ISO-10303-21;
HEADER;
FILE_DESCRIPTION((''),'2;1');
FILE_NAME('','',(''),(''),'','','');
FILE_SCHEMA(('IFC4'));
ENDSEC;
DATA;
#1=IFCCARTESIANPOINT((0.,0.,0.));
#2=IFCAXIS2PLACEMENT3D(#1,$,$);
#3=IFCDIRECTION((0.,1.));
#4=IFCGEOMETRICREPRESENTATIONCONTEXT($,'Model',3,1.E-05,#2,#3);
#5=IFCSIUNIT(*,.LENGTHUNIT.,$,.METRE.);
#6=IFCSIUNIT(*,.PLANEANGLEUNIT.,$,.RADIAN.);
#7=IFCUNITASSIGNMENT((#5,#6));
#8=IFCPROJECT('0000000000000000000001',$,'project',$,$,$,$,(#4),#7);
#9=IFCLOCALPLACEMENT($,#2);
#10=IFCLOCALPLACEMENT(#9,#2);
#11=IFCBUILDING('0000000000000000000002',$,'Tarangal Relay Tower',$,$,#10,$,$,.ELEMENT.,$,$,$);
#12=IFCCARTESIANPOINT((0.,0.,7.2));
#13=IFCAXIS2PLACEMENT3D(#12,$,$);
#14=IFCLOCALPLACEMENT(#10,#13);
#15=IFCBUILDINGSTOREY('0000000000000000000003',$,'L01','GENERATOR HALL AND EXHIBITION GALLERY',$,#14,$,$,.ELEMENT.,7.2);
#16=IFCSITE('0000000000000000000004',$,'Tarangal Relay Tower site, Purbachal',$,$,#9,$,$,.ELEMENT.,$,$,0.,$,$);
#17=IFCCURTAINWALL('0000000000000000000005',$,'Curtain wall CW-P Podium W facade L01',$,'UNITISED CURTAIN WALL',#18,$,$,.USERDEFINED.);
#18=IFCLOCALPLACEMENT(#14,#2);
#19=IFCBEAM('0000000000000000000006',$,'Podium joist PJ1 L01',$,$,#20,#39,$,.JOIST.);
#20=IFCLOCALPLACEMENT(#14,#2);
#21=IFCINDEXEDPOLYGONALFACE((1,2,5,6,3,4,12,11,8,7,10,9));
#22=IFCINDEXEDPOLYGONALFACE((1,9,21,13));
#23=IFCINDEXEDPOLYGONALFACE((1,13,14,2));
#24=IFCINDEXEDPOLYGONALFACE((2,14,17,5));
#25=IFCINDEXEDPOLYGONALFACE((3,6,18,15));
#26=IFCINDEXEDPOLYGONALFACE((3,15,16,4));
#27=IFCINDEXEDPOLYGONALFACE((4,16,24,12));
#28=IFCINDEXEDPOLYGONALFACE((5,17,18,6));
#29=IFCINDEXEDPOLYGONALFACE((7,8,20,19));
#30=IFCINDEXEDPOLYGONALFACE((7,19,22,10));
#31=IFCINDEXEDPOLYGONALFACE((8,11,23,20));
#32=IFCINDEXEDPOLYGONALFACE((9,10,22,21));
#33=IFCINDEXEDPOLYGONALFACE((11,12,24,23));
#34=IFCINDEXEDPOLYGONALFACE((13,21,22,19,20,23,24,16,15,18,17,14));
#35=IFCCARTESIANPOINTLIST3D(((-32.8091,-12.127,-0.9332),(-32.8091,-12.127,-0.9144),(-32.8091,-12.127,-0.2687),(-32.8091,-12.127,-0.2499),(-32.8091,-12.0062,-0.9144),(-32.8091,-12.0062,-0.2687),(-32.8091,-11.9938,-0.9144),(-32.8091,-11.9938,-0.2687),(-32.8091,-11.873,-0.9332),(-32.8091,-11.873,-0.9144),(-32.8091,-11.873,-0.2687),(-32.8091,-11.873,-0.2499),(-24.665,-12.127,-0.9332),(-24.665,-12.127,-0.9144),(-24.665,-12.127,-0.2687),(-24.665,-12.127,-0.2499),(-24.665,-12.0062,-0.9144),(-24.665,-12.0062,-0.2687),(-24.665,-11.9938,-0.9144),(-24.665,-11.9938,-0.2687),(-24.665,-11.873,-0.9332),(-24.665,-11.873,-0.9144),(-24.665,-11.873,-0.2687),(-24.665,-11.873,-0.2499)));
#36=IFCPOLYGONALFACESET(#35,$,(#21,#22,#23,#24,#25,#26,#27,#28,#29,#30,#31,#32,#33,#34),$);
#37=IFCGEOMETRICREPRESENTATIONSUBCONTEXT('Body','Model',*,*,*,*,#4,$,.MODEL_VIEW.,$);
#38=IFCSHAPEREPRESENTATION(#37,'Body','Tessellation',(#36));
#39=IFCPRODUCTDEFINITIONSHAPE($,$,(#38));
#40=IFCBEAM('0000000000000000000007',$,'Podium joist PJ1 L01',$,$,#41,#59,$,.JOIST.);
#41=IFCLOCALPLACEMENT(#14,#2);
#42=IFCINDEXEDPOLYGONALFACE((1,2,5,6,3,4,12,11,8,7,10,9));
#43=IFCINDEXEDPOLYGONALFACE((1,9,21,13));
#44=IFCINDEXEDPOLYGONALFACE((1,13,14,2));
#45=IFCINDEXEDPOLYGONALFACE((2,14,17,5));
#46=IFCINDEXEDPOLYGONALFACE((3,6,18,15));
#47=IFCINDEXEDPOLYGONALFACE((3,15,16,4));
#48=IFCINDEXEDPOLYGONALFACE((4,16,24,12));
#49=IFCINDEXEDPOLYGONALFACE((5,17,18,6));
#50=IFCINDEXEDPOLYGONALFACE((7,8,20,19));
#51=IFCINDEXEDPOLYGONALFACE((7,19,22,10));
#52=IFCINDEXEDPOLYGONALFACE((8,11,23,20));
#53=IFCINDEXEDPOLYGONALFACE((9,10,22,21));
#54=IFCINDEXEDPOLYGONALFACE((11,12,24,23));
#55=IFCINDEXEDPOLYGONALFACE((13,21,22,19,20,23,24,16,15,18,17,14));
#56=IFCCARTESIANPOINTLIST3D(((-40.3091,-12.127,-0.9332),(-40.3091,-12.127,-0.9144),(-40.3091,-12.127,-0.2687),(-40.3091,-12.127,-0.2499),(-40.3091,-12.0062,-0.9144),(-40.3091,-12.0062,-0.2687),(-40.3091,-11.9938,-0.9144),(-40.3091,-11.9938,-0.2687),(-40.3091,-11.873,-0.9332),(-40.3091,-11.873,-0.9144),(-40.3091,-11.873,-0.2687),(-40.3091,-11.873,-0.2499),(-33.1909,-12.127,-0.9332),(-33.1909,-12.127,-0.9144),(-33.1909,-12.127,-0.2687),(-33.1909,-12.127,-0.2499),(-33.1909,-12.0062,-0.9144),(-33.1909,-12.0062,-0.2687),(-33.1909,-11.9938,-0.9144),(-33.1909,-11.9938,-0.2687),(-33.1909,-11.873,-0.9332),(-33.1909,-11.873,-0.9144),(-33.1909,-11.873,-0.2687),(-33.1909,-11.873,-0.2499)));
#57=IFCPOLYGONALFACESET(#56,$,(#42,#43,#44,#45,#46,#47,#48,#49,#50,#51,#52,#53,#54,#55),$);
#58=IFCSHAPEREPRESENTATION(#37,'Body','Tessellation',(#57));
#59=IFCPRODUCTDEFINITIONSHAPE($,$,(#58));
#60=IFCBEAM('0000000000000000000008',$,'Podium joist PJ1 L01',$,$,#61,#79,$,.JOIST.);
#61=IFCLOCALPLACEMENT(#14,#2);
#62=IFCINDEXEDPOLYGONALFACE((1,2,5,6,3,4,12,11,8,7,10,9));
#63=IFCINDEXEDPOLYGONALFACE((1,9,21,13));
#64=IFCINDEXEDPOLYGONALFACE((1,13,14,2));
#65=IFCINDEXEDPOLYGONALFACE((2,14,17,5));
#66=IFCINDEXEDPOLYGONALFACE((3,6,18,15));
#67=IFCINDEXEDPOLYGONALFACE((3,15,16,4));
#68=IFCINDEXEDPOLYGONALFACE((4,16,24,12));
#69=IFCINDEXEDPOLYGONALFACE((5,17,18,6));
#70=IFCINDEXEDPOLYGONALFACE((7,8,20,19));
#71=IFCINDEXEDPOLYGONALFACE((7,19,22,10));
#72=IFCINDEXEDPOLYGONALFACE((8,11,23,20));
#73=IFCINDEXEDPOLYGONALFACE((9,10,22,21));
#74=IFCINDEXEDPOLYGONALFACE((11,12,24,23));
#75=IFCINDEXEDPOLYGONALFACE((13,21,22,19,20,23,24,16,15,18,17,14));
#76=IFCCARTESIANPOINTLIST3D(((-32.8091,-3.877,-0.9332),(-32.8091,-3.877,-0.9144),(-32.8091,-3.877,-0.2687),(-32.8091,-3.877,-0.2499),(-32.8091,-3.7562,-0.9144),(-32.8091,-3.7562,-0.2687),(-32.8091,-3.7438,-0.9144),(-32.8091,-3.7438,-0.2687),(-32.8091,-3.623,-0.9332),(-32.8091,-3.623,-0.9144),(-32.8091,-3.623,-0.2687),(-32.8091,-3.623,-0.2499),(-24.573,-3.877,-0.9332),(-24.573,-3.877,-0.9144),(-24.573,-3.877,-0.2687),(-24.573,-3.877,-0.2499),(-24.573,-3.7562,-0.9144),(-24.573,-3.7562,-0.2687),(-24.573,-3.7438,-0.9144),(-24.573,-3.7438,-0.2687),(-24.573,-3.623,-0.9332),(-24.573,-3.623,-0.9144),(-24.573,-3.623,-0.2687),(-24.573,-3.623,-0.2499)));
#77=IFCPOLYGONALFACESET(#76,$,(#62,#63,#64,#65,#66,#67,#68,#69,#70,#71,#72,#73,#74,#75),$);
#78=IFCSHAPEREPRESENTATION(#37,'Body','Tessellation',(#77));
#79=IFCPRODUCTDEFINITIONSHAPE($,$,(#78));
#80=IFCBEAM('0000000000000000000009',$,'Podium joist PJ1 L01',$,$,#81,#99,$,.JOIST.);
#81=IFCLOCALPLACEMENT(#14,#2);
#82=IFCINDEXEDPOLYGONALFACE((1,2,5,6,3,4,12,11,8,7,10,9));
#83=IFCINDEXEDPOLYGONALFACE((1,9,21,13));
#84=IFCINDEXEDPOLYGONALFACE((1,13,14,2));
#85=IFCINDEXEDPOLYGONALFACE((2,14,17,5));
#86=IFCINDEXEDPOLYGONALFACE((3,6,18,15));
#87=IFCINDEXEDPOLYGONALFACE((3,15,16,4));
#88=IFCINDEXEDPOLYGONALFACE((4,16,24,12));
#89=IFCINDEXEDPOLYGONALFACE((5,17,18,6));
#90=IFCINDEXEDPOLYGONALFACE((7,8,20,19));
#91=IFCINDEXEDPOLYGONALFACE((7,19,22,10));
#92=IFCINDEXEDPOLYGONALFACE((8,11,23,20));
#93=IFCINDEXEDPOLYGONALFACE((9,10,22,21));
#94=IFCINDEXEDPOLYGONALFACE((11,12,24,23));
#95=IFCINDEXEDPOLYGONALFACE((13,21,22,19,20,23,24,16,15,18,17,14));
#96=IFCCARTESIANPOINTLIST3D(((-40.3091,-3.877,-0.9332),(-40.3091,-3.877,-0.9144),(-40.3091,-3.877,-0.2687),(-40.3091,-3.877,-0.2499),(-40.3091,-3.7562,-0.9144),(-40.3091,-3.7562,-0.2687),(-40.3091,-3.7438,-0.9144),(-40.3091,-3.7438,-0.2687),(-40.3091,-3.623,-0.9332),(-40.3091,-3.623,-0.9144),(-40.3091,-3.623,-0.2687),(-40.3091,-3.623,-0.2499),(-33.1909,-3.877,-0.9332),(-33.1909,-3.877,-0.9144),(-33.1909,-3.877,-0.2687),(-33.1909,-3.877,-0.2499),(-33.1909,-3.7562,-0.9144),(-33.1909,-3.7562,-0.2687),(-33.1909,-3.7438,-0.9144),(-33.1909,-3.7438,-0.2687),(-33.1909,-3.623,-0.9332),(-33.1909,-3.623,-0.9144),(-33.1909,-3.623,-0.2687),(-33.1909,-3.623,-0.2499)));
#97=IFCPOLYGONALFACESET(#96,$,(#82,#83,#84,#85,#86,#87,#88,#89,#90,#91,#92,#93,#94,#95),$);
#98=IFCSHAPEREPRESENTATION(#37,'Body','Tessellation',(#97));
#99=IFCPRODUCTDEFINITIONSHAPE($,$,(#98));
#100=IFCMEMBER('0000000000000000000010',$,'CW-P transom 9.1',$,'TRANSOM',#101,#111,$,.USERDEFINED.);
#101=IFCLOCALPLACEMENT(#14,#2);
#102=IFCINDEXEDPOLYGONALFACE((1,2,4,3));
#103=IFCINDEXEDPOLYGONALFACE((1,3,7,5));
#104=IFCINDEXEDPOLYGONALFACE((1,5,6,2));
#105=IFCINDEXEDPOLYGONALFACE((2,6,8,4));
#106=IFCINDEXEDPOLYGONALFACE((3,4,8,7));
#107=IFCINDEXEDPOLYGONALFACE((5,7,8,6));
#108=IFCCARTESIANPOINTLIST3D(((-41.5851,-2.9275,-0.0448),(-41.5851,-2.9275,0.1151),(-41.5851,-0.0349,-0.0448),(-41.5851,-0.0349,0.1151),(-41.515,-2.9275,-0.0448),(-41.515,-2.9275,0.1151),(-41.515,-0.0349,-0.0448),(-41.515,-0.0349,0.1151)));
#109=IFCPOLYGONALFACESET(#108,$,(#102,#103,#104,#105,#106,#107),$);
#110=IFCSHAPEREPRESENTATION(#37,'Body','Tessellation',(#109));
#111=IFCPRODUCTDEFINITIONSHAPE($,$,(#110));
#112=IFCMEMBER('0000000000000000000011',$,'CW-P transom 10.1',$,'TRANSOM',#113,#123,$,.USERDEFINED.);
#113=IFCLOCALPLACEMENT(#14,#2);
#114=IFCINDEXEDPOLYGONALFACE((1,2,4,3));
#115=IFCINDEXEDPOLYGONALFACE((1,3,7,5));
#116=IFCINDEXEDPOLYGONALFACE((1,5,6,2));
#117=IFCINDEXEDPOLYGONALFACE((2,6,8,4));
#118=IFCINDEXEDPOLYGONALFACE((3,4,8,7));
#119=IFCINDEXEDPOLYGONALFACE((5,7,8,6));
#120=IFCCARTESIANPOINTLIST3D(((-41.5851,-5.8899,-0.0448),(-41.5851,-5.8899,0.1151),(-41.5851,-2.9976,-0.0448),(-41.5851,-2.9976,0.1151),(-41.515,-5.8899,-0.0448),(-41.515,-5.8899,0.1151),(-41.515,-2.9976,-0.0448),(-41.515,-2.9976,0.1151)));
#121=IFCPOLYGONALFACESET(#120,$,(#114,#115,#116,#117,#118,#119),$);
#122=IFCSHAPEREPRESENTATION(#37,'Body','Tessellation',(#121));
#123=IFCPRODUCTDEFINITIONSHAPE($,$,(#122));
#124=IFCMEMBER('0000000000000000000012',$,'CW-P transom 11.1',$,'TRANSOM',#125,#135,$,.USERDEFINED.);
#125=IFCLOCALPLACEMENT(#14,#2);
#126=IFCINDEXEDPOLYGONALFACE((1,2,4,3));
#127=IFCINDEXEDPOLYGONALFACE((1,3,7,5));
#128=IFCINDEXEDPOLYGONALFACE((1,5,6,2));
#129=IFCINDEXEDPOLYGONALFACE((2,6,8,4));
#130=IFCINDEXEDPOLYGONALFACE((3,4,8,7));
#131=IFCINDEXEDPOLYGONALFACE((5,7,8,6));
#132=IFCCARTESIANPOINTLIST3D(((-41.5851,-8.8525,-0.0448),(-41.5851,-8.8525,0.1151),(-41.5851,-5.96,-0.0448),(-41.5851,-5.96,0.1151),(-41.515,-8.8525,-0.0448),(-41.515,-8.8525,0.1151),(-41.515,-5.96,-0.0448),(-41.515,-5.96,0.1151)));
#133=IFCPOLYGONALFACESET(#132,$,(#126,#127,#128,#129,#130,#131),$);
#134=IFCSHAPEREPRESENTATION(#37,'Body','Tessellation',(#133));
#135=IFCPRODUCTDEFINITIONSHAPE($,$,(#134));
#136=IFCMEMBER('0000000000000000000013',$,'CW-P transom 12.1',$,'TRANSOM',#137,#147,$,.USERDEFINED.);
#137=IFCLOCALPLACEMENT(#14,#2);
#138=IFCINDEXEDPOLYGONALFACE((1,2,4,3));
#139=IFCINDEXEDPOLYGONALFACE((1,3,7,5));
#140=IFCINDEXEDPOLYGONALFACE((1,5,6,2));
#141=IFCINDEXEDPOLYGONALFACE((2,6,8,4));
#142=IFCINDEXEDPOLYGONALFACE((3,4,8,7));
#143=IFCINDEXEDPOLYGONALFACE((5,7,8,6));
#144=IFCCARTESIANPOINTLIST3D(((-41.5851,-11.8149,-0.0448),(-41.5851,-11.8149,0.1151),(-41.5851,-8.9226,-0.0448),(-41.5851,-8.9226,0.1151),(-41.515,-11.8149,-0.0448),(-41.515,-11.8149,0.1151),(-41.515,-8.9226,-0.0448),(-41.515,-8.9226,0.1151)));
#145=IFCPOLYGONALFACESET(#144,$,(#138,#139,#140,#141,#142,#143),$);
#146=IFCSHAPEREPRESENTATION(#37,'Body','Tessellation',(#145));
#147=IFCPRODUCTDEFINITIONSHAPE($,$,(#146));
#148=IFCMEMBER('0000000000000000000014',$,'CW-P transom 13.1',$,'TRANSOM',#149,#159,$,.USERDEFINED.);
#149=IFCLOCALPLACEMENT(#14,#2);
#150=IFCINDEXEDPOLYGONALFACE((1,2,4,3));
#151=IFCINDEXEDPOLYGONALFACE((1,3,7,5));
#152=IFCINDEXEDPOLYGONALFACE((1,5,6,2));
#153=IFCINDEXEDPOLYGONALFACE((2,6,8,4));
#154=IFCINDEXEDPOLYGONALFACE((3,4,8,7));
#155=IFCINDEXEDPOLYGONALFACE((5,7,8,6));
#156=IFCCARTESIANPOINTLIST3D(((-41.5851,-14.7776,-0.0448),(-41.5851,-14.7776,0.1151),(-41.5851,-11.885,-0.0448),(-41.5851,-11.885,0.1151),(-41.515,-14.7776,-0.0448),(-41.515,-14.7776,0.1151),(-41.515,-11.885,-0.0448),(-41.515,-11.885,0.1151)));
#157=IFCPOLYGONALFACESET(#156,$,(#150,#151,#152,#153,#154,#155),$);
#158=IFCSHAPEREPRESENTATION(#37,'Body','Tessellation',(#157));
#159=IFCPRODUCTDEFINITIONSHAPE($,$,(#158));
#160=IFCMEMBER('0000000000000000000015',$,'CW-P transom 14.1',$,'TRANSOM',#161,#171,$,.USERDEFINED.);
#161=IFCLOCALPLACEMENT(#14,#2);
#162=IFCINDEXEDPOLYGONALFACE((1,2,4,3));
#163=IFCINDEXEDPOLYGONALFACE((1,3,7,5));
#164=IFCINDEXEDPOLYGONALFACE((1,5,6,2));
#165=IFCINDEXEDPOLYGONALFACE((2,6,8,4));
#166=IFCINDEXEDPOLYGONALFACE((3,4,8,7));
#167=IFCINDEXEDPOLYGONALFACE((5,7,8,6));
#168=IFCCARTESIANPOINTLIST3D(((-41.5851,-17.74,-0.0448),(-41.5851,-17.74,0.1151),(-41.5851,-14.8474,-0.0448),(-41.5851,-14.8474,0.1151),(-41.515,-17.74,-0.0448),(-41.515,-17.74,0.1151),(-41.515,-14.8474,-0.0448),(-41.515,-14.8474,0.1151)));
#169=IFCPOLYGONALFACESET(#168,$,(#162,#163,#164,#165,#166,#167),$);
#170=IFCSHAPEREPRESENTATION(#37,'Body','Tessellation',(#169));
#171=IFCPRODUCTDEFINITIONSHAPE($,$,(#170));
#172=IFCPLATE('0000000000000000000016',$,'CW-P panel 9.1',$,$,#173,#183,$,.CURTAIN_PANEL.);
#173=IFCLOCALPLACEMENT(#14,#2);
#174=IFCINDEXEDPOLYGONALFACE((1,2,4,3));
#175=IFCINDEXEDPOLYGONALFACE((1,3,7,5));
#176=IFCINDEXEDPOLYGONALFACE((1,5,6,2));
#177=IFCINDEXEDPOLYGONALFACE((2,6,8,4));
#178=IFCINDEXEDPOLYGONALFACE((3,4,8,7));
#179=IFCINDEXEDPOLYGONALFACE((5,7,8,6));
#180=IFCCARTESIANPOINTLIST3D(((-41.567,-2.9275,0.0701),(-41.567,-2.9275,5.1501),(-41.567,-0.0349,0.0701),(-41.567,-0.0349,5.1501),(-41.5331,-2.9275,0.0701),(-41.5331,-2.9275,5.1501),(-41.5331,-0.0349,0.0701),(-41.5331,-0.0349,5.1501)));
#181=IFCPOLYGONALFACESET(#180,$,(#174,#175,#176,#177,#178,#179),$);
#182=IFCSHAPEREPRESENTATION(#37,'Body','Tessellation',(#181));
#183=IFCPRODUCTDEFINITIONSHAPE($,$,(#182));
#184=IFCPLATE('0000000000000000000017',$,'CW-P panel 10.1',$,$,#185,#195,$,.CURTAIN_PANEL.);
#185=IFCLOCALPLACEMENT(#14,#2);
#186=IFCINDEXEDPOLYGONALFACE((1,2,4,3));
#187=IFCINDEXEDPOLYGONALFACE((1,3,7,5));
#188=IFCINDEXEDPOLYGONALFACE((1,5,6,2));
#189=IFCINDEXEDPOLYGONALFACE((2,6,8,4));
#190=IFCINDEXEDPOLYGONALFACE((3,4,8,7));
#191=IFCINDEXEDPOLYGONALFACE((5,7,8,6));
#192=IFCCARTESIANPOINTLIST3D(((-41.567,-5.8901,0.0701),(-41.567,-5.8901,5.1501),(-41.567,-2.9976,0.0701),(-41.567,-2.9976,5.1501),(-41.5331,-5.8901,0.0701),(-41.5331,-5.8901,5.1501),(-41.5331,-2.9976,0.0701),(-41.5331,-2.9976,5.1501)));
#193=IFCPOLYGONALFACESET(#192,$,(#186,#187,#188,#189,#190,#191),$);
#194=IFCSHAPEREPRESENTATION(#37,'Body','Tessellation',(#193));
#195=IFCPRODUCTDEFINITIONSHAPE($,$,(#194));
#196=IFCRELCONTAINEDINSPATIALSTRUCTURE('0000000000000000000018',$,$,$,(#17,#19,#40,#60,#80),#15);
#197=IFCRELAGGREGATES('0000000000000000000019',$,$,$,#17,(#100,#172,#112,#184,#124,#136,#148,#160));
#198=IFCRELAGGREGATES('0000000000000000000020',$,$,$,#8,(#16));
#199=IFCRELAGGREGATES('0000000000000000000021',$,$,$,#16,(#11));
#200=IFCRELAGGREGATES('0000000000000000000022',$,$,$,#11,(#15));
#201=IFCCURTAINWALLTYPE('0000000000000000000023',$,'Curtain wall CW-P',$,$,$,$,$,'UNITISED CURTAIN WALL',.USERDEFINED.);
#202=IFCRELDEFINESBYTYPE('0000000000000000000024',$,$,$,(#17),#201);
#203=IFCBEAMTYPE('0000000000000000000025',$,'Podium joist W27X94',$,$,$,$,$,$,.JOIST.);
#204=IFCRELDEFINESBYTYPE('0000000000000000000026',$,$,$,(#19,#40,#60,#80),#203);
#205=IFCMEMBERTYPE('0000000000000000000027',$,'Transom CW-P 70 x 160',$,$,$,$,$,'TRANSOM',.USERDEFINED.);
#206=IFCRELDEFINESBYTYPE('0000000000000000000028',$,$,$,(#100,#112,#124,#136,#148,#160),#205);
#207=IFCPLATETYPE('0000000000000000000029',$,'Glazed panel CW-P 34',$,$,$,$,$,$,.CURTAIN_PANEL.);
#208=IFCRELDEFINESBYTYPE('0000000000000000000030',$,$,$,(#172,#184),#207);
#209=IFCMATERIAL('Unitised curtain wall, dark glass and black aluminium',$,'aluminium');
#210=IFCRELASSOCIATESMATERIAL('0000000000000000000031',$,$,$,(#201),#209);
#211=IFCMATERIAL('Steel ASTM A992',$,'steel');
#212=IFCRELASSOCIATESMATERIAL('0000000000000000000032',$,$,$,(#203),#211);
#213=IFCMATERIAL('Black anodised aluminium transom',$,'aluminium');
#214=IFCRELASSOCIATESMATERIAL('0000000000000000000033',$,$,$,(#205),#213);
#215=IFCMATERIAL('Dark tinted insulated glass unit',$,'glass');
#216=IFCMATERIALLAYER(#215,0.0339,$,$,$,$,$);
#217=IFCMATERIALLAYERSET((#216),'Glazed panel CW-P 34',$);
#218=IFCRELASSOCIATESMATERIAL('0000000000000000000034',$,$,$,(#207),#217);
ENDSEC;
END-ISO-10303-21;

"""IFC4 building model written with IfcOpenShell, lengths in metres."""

from ifc_helpers import new_model, si_unit, direction, frame, origin, origin_2d, place, context, subcontext, project, spatial, rectangle, i_section, extrude, material, layer, layer_set, material_profile, profile_set, type_object, element, aggregate, save


model = new_model("IFC4")

# Units and contexts
model_context = context("Model", 3, precision=1e-05, world=origin(), true_north=direction((0.0, 1.0)))
body_context = subcontext(model_context, "Body", "Model", "MODEL_VIEW")
ifc_project = project(units=[si_unit("LENGTHUNIT", "METRE"), si_unit("PLANEANGLEUNIT", "RADIAN")], contexts=[model_context])

# Site, building, storey
site_placement = place(None, origin())
site = spatial("IfcSite", under=ifc_project, at=site_placement, Name="Tarangal Relay Tower site, Purbachal", CompositionType="ELEMENT", RefElevation=0.0)
building_placement = place(site_placement, origin())
building = spatial("IfcBuilding", under=site, at=building_placement, Name="Tarangal Relay Tower", CompositionType="ELEMENT")
storey_placement = place(building_placement, frame((0.0, 0.0, 7.2)))
storey = spatial("IfcBuildingStorey", under=building, at=storey_placement, Name="L01", Description="GENERATOR HALL AND EXHIBITION GALLERY", CompositionType="ELEMENT", Elevation=7.2)

# Shared definitions
ifc_material_1 = material(Name="Steel ASTM A992", Category="steel")

# Curtain wall
ifc_material_2 = material(Name="Unitised curtain wall, dark glass and black aluminium", Category="aluminium")
curtain_wall_type = type_object("IfcCurtainWallType", Name="Curtain wall CW-P", ElementType="UNITISED CURTAIN WALL", PredefinedType="USERDEFINED", material=ifc_material_2)
curtain_wall_placement = place(storey_placement, origin())
curtain_wall = element("IfcCurtainWall", 1, at=curtain_wall_placement, inside=storey, type_object=curtain_wall_type, Name="Curtain wall CW-P Podium W facade L01", ObjectType="UNITISED CURTAIN WALL", PredefinedType="USERDEFINED")

# Beams
ifc_material_profile_1 = material_profile(ifc_material_1, i_section(OverallWidth=0.2539, OverallDepth=0.6833, WebThickness=0.0125, FlangeThickness=0.0188, at=origin_2d()), Name="W27X94")
ifc_profile_set_1 = profile_set([ifc_material_profile_1], Name="Steel ASTM A992")
beam_type_1 = type_object("IfcBeamType", Name="Podium joist W27X94", PredefinedType="JOIST", material=ifc_profile_set_1)
beam_1_placement = place(storey_placement, frame((-24.665, -12.0, -0.5916), z_axis=(-1.0, 0.0, 0.0), x_axis=(0.0, -1.0, 0.0)))
element("IfcBeam", 2, at=beam_1_placement, inside=storey, type_object=beam_type_1, Name="Podium joist PJ1 L01", PredefinedType="JOIST", context=body_context, shape_type="SweptSolid", body=[
    extrude(i_section(OverallWidth=0.2539, OverallDepth=0.6833, WebThickness=0.0125, FlangeThickness=0.0188, at=origin_2d()), origin(), (0.0, 0.0, 1.0), 8.144),
])
beam_2_placement = place(storey_placement, frame((-33.1909, -12.0, -0.5916), z_axis=(-1.0, 0.0, 0.0), x_axis=(0.0, -1.0, 0.0)))
element("IfcBeam", 3, at=beam_2_placement, inside=storey, type_object=beam_type_1, Name="Podium joist PJ1 L01", PredefinedType="JOIST", context=body_context, shape_type="SweptSolid", body=[
    extrude(i_section(OverallWidth=0.2539, OverallDepth=0.6833, WebThickness=0.0125, FlangeThickness=0.0188, at=origin_2d()), origin(), (0.0, 0.0, 1.0), 7.1182),
])
beam_3_placement = place(storey_placement, frame((-24.573, -3.75, -0.5916), z_axis=(-1.0, 0.0, 0.0), x_axis=(0.0, -1.0, 0.0)))
element("IfcBeam", 4, at=beam_3_placement, inside=storey, type_object=beam_type_1, Name="Podium joist PJ1 L01", PredefinedType="JOIST", context=body_context, shape_type="SweptSolid", body=[
    extrude(i_section(OverallWidth=0.2539, OverallDepth=0.6833, WebThickness=0.0125, FlangeThickness=0.0188, at=origin_2d()), origin(), (0.0, 0.0, 1.0), 8.2361),
])
beam_4_placement = place(storey_placement, frame((-33.1909, -3.75, -0.5916), z_axis=(-1.0, 0.0, 0.0), x_axis=(0.0, -1.0, 0.0)))
element("IfcBeam", 5, at=beam_4_placement, inside=storey, type_object=beam_type_1, Name="Podium joist PJ1 L01", PredefinedType="JOIST", context=body_context, shape_type="SweptSolid", body=[
    extrude(i_section(OverallWidth=0.2539, OverallDepth=0.6833, WebThickness=0.0125, FlangeThickness=0.0188, at=origin_2d()), origin(), (0.0, 0.0, 1.0), 7.1182),
])

# Members
ifc_material_3 = material(Name="Black anodised aluminium transom", Category="aluminium")
ifc_material_profile_2 = material_profile(ifc_material_3, rectangle(XDim=0.0701, YDim=0.1599, at=origin_2d()), Name="CW-PT 70X160")
ifc_profile_set_2 = profile_set([ifc_material_profile_2], Name="Black anodised aluminium transom")
member_type_1 = type_object("IfcMemberType", Name="Transom CW-P 70 x 160", ElementType="TRANSOM", PredefinedType="USERDEFINED", material=ifc_profile_set_2)
member_1_placement = place(storey_placement, frame((-41.55, -0.0349, 0.0352), z_axis=(0.0, -1.0, 0.0), x_axis=(1.0, 0.0, 0.0)))
member_1 = element("IfcMember", 6, at=member_1_placement, type_object=member_type_1, Name="CW-P transom 9.1", ObjectType="TRANSOM", PredefinedType="USERDEFINED", context=body_context, shape_type="SweptSolid", body=[
    extrude(rectangle(XDim=0.0701, YDim=0.1599, at=origin_2d()), origin(), (0.0, 0.0, 1.0), 2.8926),
])
member_2_placement = place(storey_placement, frame((-41.55, -2.9976, 0.0352), z_axis=(0.0, -1.0, 0.0), x_axis=(1.0, 0.0, 0.0)))
member_2 = element("IfcMember", 7, at=member_2_placement, type_object=member_type_1, Name="CW-P transom 10.1", ObjectType="TRANSOM", PredefinedType="USERDEFINED", context=body_context, shape_type="SweptSolid", body=[
    extrude(rectangle(XDim=0.0701, YDim=0.1599, at=origin_2d()), origin(), (0.0, 0.0, 1.0), 2.8923),
])
member_3_placement = place(storey_placement, frame((-41.55, -5.96, 0.0352), z_axis=(0.0, -1.0, 0.0), x_axis=(1.0, 0.0, 0.0)))
member_3 = element("IfcMember", 8, at=member_3_placement, type_object=member_type_1, Name="CW-P transom 11.1", ObjectType="TRANSOM", PredefinedType="USERDEFINED", context=body_context, shape_type="SweptSolid", body=[
    extrude(rectangle(XDim=0.0701, YDim=0.1599, at=origin_2d()), origin(), (0.0, 0.0, 1.0), 2.8926),
])
member_4_placement = place(storey_placement, frame((-41.55, -8.9226, 0.0352), z_axis=(0.0, -1.0, 0.0), x_axis=(1.0, 0.0, 0.0)))
member_4 = element("IfcMember", 9, at=member_4_placement, type_object=member_type_1, Name="CW-P transom 12.1", ObjectType="TRANSOM", PredefinedType="USERDEFINED", context=body_context, shape_type="SweptSolid", body=[
    extrude(rectangle(XDim=0.0701, YDim=0.1599, at=origin_2d()), origin(), (0.0, 0.0, 1.0), 2.8923),
])
member_5_placement = place(storey_placement, frame((-41.55, -11.885, 0.0352), z_axis=(0.0, -1.0, 0.0), x_axis=(1.0, 0.0, 0.0)))
member_5 = element("IfcMember", 10, at=member_5_placement, type_object=member_type_1, Name="CW-P transom 13.1", ObjectType="TRANSOM", PredefinedType="USERDEFINED", context=body_context, shape_type="SweptSolid", body=[
    extrude(rectangle(XDim=0.0701, YDim=0.1599, at=origin_2d()), origin(), (0.0, 0.0, 1.0), 2.8926),
])
member_6_placement = place(storey_placement, frame((-41.55, -14.8474, 0.0352), z_axis=(0.0, -1.0, 0.0), x_axis=(1.0, 0.0, 0.0)))
member_6 = element("IfcMember", 11, at=member_6_placement, type_object=member_type_1, Name="CW-P transom 14.1", ObjectType="TRANSOM", PredefinedType="USERDEFINED", context=body_context, shape_type="SweptSolid", body=[
    extrude(rectangle(XDim=0.0701, YDim=0.1599, at=origin_2d()), origin(), (0.0, 0.0, 1.0), 2.8926),
])

# Plates
ifc_material_4 = material(Name="Dark tinted insulated glass unit", Category="glass")
ifc_layer = layer(ifc_material_4, 0.0339)
ifc_layer_set = layer_set([ifc_layer], Name="Glazed panel CW-P 34")
plate_type = type_object("IfcPlateType", Name="Glazed panel CW-P 34", PredefinedType="CURTAIN_PANEL", material=ifc_layer_set)
plate_1_placement = place(storey_placement, frame((-41.55, -1.4812, 0.0701), z_axis=(0.0, 0.0, 1.0), x_axis=(0.0, -1.0, 0.0)))
plate_1 = element("IfcPlate", 12, at=plate_1_placement, type_object=plate_type, Name="CW-P panel 9.1", PredefinedType="CURTAIN_PANEL", context=body_context, shape_type="SweptSolid", body=[
    extrude(rectangle(XDim=2.8926, YDim=0.0339, at=origin_2d()), origin(), (0.0, 0.0, 1.0), 5.0801),
])
plate_2_placement = place(storey_placement, frame((-41.55, -4.4438, 0.0701), z_axis=(0.0, 0.0, 1.0), x_axis=(0.0, -1.0, 0.0)))
plate_2 = element("IfcPlate", 13, at=plate_2_placement, type_object=plate_type, Name="CW-P panel 10.1", PredefinedType="CURTAIN_PANEL", context=body_context, shape_type="SweptSolid", body=[
    extrude(rectangle(XDim=2.8926, YDim=0.0339, at=origin_2d()), origin(), (0.0, 0.0, 1.0), 5.0801),
])
aggregate(curtain_wall, [member_1, plate_1, member_2, plate_2, member_3, member_4, member_5, member_6])

save(model, "model.ifc")
